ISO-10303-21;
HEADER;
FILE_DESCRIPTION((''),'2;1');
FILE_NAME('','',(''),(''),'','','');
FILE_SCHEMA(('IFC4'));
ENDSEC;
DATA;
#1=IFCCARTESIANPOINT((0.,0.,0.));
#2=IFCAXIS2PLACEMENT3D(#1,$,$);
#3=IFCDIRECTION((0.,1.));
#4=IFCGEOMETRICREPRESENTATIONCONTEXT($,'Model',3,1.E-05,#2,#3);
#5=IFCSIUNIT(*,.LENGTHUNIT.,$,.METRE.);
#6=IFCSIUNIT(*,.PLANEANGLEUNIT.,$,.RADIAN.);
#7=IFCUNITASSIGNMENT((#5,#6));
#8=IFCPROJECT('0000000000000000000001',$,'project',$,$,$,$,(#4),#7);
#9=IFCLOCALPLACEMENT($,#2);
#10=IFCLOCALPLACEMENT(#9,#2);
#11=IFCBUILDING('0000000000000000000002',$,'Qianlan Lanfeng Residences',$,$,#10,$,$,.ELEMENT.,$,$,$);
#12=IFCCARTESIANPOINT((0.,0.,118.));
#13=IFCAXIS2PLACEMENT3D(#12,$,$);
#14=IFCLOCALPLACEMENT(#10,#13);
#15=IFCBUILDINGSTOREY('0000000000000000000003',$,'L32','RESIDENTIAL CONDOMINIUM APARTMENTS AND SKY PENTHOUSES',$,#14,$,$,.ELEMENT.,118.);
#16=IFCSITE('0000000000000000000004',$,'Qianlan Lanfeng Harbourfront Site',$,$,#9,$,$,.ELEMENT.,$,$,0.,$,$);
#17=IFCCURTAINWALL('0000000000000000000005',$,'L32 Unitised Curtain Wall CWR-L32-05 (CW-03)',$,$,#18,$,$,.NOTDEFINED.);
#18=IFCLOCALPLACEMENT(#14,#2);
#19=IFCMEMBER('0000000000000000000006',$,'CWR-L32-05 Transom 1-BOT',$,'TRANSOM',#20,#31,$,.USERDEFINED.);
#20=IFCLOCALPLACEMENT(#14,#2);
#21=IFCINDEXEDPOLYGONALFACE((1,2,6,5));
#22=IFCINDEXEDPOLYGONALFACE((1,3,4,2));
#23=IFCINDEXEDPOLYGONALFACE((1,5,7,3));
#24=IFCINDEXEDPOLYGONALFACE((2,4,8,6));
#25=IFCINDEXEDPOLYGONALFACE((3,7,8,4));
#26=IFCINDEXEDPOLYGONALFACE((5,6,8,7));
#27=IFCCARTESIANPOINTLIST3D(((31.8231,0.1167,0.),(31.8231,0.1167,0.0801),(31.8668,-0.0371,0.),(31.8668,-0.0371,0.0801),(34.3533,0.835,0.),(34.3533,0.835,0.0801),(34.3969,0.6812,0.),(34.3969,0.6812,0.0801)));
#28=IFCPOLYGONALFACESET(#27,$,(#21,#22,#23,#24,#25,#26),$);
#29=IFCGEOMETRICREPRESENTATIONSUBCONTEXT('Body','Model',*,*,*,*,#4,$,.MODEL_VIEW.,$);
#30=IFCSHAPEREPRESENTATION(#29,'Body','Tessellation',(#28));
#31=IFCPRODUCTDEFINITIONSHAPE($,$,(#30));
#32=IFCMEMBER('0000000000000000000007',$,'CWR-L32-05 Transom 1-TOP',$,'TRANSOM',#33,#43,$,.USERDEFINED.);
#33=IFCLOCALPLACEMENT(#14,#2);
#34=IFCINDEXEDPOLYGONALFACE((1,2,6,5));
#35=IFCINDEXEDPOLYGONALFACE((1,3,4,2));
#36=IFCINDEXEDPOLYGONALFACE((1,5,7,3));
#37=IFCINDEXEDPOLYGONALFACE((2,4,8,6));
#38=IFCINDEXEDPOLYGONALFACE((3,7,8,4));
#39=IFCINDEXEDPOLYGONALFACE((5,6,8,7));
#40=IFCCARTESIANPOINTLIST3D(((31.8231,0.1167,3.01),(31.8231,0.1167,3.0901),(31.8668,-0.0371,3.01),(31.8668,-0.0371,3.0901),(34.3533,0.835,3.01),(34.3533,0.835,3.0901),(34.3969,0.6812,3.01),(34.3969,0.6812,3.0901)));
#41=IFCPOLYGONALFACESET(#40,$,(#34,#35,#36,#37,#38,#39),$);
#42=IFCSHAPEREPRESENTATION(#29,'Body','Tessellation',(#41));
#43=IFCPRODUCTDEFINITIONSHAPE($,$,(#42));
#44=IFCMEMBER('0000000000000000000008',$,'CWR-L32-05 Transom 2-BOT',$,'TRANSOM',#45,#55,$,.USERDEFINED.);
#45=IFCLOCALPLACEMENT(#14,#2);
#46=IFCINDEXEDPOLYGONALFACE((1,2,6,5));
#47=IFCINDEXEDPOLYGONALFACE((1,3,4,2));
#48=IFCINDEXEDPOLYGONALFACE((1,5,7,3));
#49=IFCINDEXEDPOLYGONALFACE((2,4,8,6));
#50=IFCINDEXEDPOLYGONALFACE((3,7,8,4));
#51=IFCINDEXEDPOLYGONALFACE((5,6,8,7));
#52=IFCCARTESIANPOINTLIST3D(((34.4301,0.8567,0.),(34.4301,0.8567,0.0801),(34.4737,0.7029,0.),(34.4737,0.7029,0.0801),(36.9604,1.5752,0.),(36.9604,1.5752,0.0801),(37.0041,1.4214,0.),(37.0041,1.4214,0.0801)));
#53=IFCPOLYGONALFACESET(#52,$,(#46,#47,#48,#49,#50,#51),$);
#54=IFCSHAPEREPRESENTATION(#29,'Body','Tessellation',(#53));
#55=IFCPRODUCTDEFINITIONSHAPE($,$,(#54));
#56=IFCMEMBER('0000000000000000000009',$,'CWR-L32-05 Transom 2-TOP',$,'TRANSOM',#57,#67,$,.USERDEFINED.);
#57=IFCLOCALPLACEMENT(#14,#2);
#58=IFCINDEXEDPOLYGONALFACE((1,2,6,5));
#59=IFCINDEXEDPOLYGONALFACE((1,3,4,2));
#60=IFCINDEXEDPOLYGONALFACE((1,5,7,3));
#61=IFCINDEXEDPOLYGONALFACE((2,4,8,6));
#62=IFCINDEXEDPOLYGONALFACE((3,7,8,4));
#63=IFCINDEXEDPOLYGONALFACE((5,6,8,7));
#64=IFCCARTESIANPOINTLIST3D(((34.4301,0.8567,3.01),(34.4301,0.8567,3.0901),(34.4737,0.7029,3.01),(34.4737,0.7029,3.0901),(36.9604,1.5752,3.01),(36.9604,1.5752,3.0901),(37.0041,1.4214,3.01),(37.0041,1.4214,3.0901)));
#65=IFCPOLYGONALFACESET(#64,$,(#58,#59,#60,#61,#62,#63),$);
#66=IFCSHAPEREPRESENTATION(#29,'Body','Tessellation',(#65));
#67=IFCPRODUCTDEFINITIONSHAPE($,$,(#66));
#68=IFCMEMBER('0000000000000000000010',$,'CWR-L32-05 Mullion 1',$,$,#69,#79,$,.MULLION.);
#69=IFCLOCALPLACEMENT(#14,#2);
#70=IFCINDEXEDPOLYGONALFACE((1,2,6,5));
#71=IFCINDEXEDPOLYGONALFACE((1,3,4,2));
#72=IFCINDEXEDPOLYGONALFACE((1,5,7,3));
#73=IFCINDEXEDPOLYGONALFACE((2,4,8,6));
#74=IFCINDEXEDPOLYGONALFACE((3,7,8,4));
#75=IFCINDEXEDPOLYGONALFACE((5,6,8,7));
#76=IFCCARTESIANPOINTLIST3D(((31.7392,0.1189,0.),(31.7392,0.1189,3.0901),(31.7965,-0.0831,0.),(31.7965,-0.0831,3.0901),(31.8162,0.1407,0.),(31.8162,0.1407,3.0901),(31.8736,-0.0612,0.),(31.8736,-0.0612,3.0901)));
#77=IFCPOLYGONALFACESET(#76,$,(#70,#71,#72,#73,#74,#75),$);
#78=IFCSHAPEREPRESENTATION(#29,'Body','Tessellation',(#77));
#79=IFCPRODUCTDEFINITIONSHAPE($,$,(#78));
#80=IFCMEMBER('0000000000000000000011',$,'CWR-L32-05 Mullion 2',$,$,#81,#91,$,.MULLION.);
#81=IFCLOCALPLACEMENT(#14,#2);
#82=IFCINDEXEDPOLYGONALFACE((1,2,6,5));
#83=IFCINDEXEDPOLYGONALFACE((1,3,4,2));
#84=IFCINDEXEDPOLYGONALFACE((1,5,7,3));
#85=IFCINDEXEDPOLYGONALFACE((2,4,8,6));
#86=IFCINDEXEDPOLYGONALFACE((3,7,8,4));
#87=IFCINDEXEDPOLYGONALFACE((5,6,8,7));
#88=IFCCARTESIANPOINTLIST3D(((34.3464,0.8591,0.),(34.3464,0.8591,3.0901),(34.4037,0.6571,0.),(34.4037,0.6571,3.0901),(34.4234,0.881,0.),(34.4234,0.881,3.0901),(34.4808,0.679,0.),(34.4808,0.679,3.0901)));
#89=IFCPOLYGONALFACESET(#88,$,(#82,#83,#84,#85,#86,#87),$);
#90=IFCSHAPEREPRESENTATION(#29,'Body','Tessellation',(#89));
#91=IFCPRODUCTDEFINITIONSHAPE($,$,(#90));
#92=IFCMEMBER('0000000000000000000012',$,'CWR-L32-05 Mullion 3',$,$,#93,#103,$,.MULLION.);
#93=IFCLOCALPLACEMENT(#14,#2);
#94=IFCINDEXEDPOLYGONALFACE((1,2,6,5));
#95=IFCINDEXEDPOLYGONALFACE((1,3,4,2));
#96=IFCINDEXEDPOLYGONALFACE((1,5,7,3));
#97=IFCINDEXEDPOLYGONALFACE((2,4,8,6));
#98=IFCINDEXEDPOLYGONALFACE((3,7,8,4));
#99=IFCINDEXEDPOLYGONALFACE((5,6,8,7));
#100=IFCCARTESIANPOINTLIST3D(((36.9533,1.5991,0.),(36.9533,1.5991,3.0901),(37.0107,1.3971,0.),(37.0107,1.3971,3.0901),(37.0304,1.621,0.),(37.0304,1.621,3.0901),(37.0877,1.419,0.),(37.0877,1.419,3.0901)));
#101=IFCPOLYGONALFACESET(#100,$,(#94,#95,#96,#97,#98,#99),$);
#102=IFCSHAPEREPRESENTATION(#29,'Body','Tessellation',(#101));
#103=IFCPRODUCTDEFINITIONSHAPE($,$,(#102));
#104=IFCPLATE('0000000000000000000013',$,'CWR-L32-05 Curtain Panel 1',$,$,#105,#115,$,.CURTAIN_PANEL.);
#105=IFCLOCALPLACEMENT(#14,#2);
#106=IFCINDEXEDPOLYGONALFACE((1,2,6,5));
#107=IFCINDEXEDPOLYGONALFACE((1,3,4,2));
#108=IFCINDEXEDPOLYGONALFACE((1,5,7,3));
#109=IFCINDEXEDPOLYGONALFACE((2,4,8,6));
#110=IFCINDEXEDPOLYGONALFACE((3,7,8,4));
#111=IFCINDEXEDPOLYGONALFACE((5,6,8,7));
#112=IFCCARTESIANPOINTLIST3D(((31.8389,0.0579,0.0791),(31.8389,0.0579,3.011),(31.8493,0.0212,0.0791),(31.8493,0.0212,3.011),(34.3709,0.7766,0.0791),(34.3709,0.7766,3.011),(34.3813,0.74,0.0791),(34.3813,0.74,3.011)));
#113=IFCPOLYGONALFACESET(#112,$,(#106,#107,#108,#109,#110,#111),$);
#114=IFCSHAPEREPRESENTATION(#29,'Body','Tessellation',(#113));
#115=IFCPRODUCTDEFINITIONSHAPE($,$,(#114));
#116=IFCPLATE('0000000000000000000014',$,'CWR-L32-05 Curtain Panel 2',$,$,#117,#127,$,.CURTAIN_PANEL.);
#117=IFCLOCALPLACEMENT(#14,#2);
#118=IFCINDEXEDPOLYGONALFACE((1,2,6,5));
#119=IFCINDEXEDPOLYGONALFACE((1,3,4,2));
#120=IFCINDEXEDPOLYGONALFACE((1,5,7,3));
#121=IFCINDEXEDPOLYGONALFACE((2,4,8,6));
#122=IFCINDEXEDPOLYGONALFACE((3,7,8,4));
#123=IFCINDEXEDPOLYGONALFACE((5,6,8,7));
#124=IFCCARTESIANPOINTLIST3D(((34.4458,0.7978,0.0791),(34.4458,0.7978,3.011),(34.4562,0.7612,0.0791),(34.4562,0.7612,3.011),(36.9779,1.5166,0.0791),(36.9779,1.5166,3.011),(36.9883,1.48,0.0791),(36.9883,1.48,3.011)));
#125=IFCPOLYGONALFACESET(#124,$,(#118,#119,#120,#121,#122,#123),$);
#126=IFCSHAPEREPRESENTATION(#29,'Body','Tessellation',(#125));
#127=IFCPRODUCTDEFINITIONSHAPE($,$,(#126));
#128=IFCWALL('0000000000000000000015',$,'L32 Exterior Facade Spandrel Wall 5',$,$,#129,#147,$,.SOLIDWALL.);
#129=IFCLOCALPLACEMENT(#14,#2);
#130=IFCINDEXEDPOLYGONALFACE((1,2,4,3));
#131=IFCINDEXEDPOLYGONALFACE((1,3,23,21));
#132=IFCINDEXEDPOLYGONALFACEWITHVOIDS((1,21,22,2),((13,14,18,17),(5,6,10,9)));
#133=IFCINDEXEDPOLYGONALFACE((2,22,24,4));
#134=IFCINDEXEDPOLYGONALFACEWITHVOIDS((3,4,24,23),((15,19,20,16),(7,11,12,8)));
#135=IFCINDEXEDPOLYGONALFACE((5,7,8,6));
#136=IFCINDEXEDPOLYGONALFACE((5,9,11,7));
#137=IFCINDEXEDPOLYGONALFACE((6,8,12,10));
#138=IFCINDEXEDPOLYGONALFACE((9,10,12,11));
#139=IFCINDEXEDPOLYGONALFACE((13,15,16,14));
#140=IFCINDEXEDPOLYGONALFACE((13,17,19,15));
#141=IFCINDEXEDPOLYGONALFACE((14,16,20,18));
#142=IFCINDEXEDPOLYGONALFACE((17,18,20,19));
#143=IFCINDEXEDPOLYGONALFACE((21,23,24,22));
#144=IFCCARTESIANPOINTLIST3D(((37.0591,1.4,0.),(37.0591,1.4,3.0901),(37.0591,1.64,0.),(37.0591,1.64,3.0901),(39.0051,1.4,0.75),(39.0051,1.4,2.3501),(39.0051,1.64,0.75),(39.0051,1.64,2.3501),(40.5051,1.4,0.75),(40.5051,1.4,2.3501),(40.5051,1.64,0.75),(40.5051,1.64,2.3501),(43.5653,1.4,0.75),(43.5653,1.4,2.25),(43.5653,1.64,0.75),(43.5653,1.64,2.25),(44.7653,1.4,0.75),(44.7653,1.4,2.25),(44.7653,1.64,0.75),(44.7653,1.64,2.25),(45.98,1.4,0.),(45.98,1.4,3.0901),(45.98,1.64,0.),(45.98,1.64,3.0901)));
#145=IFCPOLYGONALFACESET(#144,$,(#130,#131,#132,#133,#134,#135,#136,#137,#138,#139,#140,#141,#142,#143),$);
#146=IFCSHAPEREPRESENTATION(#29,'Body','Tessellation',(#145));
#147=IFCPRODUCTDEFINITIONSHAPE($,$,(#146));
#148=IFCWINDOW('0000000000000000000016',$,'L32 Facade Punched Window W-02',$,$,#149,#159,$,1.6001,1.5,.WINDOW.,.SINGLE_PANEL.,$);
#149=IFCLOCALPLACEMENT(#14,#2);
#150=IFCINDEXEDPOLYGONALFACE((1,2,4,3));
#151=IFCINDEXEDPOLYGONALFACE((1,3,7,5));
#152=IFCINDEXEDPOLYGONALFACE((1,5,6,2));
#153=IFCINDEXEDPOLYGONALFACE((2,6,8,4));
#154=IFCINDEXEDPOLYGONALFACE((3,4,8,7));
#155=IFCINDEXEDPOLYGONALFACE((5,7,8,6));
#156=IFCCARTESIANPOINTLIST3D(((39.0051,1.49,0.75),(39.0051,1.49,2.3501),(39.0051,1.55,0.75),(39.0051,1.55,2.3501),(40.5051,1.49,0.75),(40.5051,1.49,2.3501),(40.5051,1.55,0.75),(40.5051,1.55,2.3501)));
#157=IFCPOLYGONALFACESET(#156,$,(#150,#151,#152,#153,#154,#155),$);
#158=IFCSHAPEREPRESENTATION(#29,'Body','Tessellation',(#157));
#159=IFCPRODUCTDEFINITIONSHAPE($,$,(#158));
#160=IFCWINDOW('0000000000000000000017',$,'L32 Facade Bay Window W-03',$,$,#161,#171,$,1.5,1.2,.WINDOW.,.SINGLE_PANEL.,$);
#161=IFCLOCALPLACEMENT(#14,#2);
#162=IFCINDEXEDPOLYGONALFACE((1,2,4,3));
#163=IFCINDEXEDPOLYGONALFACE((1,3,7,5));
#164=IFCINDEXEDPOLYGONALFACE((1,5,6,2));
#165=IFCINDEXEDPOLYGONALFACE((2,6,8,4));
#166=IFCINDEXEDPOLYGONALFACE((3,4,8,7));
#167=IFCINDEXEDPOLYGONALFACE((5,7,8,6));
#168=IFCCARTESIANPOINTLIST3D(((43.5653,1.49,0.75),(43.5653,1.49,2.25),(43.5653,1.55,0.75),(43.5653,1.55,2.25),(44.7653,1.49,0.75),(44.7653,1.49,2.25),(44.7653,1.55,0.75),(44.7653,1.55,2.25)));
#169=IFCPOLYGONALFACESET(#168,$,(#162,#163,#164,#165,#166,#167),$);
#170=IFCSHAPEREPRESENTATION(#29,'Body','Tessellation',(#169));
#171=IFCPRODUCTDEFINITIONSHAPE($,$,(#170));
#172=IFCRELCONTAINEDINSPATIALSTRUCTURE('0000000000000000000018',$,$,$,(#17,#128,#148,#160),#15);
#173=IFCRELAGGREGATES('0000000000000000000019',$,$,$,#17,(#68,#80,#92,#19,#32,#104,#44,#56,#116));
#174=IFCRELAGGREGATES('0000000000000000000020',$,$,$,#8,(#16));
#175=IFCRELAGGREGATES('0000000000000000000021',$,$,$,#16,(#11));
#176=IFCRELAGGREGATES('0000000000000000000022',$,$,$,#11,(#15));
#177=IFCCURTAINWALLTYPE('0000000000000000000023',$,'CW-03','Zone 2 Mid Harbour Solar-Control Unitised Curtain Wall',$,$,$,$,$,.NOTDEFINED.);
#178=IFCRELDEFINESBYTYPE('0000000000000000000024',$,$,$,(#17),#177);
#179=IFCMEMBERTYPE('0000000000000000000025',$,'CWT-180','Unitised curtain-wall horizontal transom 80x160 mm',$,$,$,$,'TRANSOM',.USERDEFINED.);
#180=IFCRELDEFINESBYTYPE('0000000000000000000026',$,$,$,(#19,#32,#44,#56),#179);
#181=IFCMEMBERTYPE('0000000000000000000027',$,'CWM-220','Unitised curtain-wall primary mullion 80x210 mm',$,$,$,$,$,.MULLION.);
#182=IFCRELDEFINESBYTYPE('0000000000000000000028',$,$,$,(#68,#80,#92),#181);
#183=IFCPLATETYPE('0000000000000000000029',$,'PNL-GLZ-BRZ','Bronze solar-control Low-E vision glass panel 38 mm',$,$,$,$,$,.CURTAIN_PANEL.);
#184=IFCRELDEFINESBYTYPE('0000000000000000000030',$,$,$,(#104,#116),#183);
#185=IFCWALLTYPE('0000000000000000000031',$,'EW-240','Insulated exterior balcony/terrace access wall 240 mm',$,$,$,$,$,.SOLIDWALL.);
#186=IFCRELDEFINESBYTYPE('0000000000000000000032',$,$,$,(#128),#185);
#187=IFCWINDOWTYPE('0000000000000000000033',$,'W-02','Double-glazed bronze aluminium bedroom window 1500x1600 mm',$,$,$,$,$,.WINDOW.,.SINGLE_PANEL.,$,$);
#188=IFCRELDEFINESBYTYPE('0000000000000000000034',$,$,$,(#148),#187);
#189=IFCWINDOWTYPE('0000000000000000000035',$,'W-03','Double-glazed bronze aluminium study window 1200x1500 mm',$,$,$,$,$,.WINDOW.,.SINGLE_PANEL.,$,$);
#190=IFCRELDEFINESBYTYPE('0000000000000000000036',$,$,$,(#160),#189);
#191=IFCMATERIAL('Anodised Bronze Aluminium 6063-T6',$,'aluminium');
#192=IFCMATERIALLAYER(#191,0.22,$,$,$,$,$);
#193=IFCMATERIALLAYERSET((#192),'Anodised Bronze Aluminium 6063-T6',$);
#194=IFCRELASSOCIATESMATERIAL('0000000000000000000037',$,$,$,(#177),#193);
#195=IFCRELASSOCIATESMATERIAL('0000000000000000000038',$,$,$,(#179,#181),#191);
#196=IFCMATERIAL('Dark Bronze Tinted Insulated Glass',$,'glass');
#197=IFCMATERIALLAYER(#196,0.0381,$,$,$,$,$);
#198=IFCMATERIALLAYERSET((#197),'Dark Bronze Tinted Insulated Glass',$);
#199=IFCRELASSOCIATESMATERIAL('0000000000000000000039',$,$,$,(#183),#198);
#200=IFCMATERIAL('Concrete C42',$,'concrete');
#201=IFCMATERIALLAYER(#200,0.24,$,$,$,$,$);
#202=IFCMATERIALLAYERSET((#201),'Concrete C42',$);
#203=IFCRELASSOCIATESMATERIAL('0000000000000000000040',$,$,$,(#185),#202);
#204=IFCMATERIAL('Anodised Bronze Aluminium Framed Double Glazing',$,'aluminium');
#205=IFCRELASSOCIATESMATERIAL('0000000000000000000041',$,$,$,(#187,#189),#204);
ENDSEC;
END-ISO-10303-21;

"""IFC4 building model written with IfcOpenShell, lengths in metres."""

from ifc_helpers import new_model, si_unit, direction, frame, frame_2d, origin, origin_2d, place, context, subcontext, project, spatial, rectangle, extrude, source, transform, mapped, material, layer, layer_set, material_profile, profile_set, type_object, element, fill, aggregate, save


model = new_model("IFC4")

# Units and contexts
model_context = context("Model", 3, precision=1e-05, world=origin(), true_north=direction((0.0, 1.0)))
body_context = subcontext(model_context, "Body", "Model", "MODEL_VIEW")
ifc_project = project(units=[si_unit("LENGTHUNIT", "METRE"), si_unit("PLANEANGLEUNIT", "RADIAN")], contexts=[model_context])

# Site, building, storey
site_placement = place(None, origin())
site = spatial("IfcSite", under=ifc_project, at=site_placement, Name="Qianlan Lanfeng Harbourfront Site", CompositionType="ELEMENT", RefElevation=0.0)
building_placement = place(site_placement, origin())
building = spatial("IfcBuilding", under=site, at=building_placement, Name="Qianlan Lanfeng Residences", CompositionType="ELEMENT")
storey_placement = place(building_placement, frame((0.0, 0.0, 118.0)))
storey = spatial("IfcBuildingStorey", under=building, at=storey_placement, Name="L32", Description="RESIDENTIAL CONDOMINIUM APARTMENTS AND SKY PENTHOUSES", CompositionType="ELEMENT", Elevation=118.0)

# Curtain wall, members, plates
ifc_material_1 = material(Name="Anodised Bronze Aluminium 6063-T6", Category="aluminium")
ifc_layer_1 = layer(ifc_material_1, 0.22)
ifc_layer_set_1 = layer_set([ifc_layer_1], Name="Anodised Bronze Aluminium 6063-T6")
curtain_wall_type = type_object("IfcCurtainWallType", Name="CW-03", Description="Zone 2 Mid Harbour Solar-Control Unitised Curtain Wall", PredefinedType="NOTDEFINED", material=ifc_layer_set_1)
curtain_wall_placement = place(storey_placement, origin())
curtain_wall = element("IfcCurtainWall", 1, at=curtain_wall_placement, inside=storey, type_object=curtain_wall_type, Name="L32 Unitised Curtain Wall CWR-L32-05 (CW-03)", PredefinedType="NOTDEFINED")
ifc_material_profile_1 = material_profile(ifc_material_1, rectangle(XDim=0.0801, YDim=0.1599, at=origin_2d()), Name="ALU TRANSOM 80x160")
ifc_profile_set_1 = profile_set([ifc_material_profile_1], Name="Anodised Bronze Aluminium 6063-T6")
member_type_1 = type_object("IfcMemberType", Name="CWT-180", Description="Unitised curtain-wall horizontal transom 80x160 mm", ElementType="TRANSOM", PredefinedType="USERDEFINED", material=ifc_profile_set_1)
shared_shape_1 = source(origin(), body_context, "Body", "SweptSolid", [
    extrude(rectangle(XDim=0.0801, YDim=0.1599, at=origin_2d()), origin(), (0.0, 0.0, 1.0), 2.6301),
])
member_1_placement = place(storey_placement, frame((31.845, 0.0398, 0.04), z_axis=(0.961985, 0.273102, 0.0), x_axis=(0.0, 0.0, 1.0)))
member_1 = element("IfcMember", 2, at=member_1_placement, type_object=member_type_1, Name="CWR-L32-05 Transom 1-BOT", ObjectType="TRANSOM", PredefinedType="USERDEFINED", context=body_context, shape_type="MappedRepresentation", body=[
    mapped(shared_shape_1, transform((0.0, 0.0, 0.0), scale=1.0)),
])
member_2_placement = place(storey_placement, frame((31.845, 0.0398, 3.05), z_axis=(0.961985, 0.273102, 0.0), x_axis=(0.0, 0.0, 1.0)))
member_2 = element("IfcMember", 3, at=member_2_placement, type_object=member_type_1, Name="CWR-L32-05 Transom 1-TOP", ObjectType="TRANSOM", PredefinedType="USERDEFINED", context=body_context, shape_type="MappedRepresentation", body=[
    mapped(shared_shape_1, transform((0.0, 0.0, 0.0), scale=1.0)),
])
shared_shape_2 = source(origin(), body_context, "Body", "SweptSolid", [
    extrude(rectangle(XDim=0.0801, YDim=0.1599, at=origin_2d()), origin(), (0.0, 0.0, 1.0), 2.6304),
])
member_3_placement = place(storey_placement, frame((34.4519, 0.7798, 0.04), z_axis=(0.961968, 0.273164, 0.0), x_axis=(0.0, 0.0, 1.0)))
member_3 = element("IfcMember", 4, at=member_3_placement, type_object=member_type_1, Name="CWR-L32-05 Transom 2-BOT", ObjectType="TRANSOM", PredefinedType="USERDEFINED", context=body_context, shape_type="MappedRepresentation", body=[
    mapped(shared_shape_2, transform((0.0, 0.0, 0.0), scale=1.0)),
])
member_4_placement = place(storey_placement, frame((34.4519, 0.7798, 3.05), z_axis=(0.961968, 0.273164, 0.0), x_axis=(0.0, 0.0, 1.0)))
member_4 = element("IfcMember", 5, at=member_4_placement, type_object=member_type_1, Name="CWR-L32-05 Transom 2-TOP", ObjectType="TRANSOM", PredefinedType="USERDEFINED", context=body_context, shape_type="MappedRepresentation", body=[
    mapped(shared_shape_2, transform((0.0, 0.0, 0.0), scale=1.0)),
])
ifc_material_profile_2 = material_profile(ifc_material_1, rectangle(XDim=0.0801, YDim=0.21, at=origin_2d()), Name="ALU MULLION 80x210")
ifc_profile_set_2 = profile_set([ifc_material_profile_2], Name="Anodised Bronze Aluminium 6063-T6")
member_type_2 = type_object("IfcMemberType", Name="CWM-220", Description="Unitised curtain-wall primary mullion 80x210 mm", PredefinedType="MULLION", material=ifc_profile_set_2)
shared_shape_3 = source(origin(), body_context, "Body", "SweptSolid", [
    extrude(rectangle(XDim=0.0801, YDim=0.21, at=origin_2d()), origin(), (0.0, 0.0, 1.0), 3.0901),
])
member_5_placement = place(storey_placement, frame((31.8064, 0.0288, 0.0), z_axis=(0.0, 0.0, 1.0), x_axis=(0.961989, 0.273088, 0.0)))
member_5 = element("IfcMember", 6, at=member_5_placement, type_object=member_type_2, Name="CWR-L32-05 Mullion 1", PredefinedType="MULLION", context=body_context, shape_type="MappedRepresentation", body=[
    mapped(shared_shape_3, transform((0.0, 0.0, 0.0), scale=1.0)),
])
member_6_placement = place(storey_placement, frame((34.4136, 0.769, 0.0), z_axis=(0.0, 0.0, 1.0), x_axis=(0.961989, 0.273088, 0.0)))
member_6 = element("IfcMember", 7, at=member_6_placement, type_object=member_type_2, Name="CWR-L32-05 Mullion 2", PredefinedType="MULLION", context=body_context, shape_type="MappedRepresentation", body=[
    mapped(shared_shape_3, transform((0.0, 0.0, 0.0), scale=1.0)),
])
member_7_placement = place(storey_placement, frame((37.0205, 1.509, 0.0), z_axis=(0.0, 0.0, 1.0), x_axis=(0.961989, 0.273088, 0.0)))
member_7 = element("IfcMember", 8, at=member_7_placement, type_object=member_type_2, Name="CWR-L32-05 Mullion 3", PredefinedType="MULLION", context=body_context, shape_type="MappedRepresentation", body=[
    mapped(shared_shape_3, transform((0.0, 0.0, 0.0), scale=1.0)),
])
ifc_material_2 = material(Name="Dark Bronze Tinted Insulated Glass", Category="glass")
ifc_layer_2 = layer(ifc_material_2, 0.0381)
ifc_layer_set_2 = layer_set([ifc_layer_2], Name="Dark Bronze Tinted Insulated Glass")
plate_type = type_object("IfcPlateType", Name="PNL-GLZ-BRZ", Description="Bronze solar-control Low-E vision glass panel 38 mm", PredefinedType="CURTAIN_PANEL", material=ifc_layer_set_2)
shared_shape_4 = source(origin(), body_context, "Body", "SweptSolid", [
    extrude(rectangle(XDim=2.6321, YDim=0.0381, at=origin_2d()), origin(), (0.0, 0.0, 1.0), 2.9319),
])
plate_1_placement = place(storey_placement, frame((33.1101, 0.3989, 0.0791), z_axis=(0.0, 0.0, 1.0), x_axis=(0.961989, 0.273088, 0.0)))
plate_1 = element("IfcPlate", 9, at=plate_1_placement, type_object=plate_type, Name="CWR-L32-05 Curtain Panel 1", PredefinedType="CURTAIN_PANEL", context=body_context, shape_type="MappedRepresentation", body=[
    mapped(shared_shape_4, transform((0.0, 0.0, 0.0), scale=1.0)),
])
plate_2_placement = place(storey_placement, frame((35.717, 1.1389, 0.0791), z_axis=(0.0, 0.0, 1.0), x_axis=(0.961989, 0.273088, 0.0)))
plate_2 = element("IfcPlate", 10, at=plate_2_placement, type_object=plate_type, Name="CWR-L32-05 Curtain Panel 2", PredefinedType="CURTAIN_PANEL", context=body_context, shape_type="MappedRepresentation", body=[
    mapped(shared_shape_4, transform((0.0, 0.0, 0.0), scale=1.0)),
])
aggregate(curtain_wall, [member_5, member_6, member_7, member_1, member_2, plate_1, member_3, member_4, plate_2])

# Wall, openings, windows
ifc_material_3 = material(Name="Concrete C42", Category="concrete")
ifc_layer_3 = layer(ifc_material_3, 0.24)
ifc_layer_set_3 = layer_set([ifc_layer_3], Name="Concrete C42")
wall_type_1 = type_object("IfcWallType", Name="EW-240", Description="Insulated exterior balcony/terrace access wall 240 mm", PredefinedType="SOLIDWALL", material=ifc_layer_set_3)
wall_1_placement = place(storey_placement, frame((37.0591, 1.52, 0.0), z_axis=(0.0, 0.0, 1.0), x_axis=(1.0, 0.0, 0.0)))
wall_1 = element("IfcWall", 11, at=wall_1_placement, inside=storey, type_object=wall_type_1, Name="L32 Exterior Facade Spandrel Wall 5", PredefinedType="SOLIDWALL", context=body_context, shape_type="SweptSolid", body=[
    extrude(rectangle(XDim=8.9209, YDim=0.24, at=frame_2d((4.4604, 0.0))), origin(), (0.0, 0.0, 1.0), 3.0901),
])
opening_1_placement = place(wall_1_placement, frame((1.946, 0.0, 0.75)))
opening_1 = element("IfcOpeningElement", 12, at=opening_1_placement, cuts=wall_1, PredefinedType="OPENING", context=body_context, shape_type="SweptSolid", body=[
    extrude(rectangle(XDim=1.5, YDim=1.6001, at=frame_2d((0.75, 0.8))), frame((0.0, 0.1299, 0.0), z_axis=(0.0, -1.0, 0.0), x_axis=(1.0, 0.0, 0.0)), (0.0, 0.0, 1.0), 0.26),
])
opening_2_placement = place(wall_1_placement, frame((6.5061, 0.0, 0.75)))
opening_2 = element("IfcOpeningElement", 13, at=opening_2_placement, cuts=wall_1, PredefinedType="OPENING", context=body_context, shape_type="SweptSolid", body=[
    extrude(rectangle(XDim=1.2, YDim=1.5, at=frame_2d((0.6001, 0.75))), frame((0.0, 0.1299, 0.0), z_axis=(0.0, -1.0, 0.0), x_axis=(1.0, 0.0, 0.0)), (0.0, 0.0, 1.0), 0.26),
])
ifc_material_4 = material(Name="Anodised Bronze Aluminium Framed Double Glazing", Category="aluminium")
window_type_1 = type_object("IfcWindowType", Name="W-02", Description="Double-glazed bronze aluminium bedroom window 1500x1600 mm", PartitioningType="SINGLE_PANEL", PredefinedType="WINDOW", material=ifc_material_4)
window_1_placement = place(opening_1_placement, origin())
window_1 = element("IfcWindow", 14, at=window_1_placement, inside=storey, type_object=window_type_1, Name="L32 Facade Punched Window W-02", OverallHeight=1.6001, OverallWidth=1.5, PartitioningType="SINGLE_PANEL", PredefinedType="WINDOW", context=body_context, shape_type="SweptSolid", body=[
    extrude(rectangle(XDim=1.5, YDim=1.6001, at=frame_2d((0.75, 0.8))), frame((0.0, 0.03, 0.0), z_axis=(0.0, -1.0, 0.0), x_axis=(1.0, 0.0, 0.0)), (0.0, 0.0, 1.0), 0.0601),
])
fill(opening_1, window_1)
window_type_2 = type_object("IfcWindowType", Name="W-03", Description="Double-glazed bronze aluminium study window 1200x1500 mm", PartitioningType="SINGLE_PANEL", PredefinedType="WINDOW", material=ifc_material_4)
window_2_placement = place(opening_2_placement, origin())
window_2 = element("IfcWindow", 15, at=window_2_placement, inside=storey, type_object=window_type_2, Name="L32 Facade Bay Window W-03", OverallHeight=1.5, OverallWidth=1.2, PartitioningType="SINGLE_PANEL", PredefinedType="WINDOW", context=body_context, shape_type="SweptSolid", body=[
    extrude(rectangle(XDim=1.2, YDim=1.5, at=frame_2d((0.6001, 0.75))), frame((0.0, 0.03, 0.0), z_axis=(0.0, -1.0, 0.0), x_axis=(1.0, 0.0, 0.0)), (0.0, 0.0, 1.0), 0.0601),
])
fill(opening_2, window_2)

save(model, "model.ifc")
